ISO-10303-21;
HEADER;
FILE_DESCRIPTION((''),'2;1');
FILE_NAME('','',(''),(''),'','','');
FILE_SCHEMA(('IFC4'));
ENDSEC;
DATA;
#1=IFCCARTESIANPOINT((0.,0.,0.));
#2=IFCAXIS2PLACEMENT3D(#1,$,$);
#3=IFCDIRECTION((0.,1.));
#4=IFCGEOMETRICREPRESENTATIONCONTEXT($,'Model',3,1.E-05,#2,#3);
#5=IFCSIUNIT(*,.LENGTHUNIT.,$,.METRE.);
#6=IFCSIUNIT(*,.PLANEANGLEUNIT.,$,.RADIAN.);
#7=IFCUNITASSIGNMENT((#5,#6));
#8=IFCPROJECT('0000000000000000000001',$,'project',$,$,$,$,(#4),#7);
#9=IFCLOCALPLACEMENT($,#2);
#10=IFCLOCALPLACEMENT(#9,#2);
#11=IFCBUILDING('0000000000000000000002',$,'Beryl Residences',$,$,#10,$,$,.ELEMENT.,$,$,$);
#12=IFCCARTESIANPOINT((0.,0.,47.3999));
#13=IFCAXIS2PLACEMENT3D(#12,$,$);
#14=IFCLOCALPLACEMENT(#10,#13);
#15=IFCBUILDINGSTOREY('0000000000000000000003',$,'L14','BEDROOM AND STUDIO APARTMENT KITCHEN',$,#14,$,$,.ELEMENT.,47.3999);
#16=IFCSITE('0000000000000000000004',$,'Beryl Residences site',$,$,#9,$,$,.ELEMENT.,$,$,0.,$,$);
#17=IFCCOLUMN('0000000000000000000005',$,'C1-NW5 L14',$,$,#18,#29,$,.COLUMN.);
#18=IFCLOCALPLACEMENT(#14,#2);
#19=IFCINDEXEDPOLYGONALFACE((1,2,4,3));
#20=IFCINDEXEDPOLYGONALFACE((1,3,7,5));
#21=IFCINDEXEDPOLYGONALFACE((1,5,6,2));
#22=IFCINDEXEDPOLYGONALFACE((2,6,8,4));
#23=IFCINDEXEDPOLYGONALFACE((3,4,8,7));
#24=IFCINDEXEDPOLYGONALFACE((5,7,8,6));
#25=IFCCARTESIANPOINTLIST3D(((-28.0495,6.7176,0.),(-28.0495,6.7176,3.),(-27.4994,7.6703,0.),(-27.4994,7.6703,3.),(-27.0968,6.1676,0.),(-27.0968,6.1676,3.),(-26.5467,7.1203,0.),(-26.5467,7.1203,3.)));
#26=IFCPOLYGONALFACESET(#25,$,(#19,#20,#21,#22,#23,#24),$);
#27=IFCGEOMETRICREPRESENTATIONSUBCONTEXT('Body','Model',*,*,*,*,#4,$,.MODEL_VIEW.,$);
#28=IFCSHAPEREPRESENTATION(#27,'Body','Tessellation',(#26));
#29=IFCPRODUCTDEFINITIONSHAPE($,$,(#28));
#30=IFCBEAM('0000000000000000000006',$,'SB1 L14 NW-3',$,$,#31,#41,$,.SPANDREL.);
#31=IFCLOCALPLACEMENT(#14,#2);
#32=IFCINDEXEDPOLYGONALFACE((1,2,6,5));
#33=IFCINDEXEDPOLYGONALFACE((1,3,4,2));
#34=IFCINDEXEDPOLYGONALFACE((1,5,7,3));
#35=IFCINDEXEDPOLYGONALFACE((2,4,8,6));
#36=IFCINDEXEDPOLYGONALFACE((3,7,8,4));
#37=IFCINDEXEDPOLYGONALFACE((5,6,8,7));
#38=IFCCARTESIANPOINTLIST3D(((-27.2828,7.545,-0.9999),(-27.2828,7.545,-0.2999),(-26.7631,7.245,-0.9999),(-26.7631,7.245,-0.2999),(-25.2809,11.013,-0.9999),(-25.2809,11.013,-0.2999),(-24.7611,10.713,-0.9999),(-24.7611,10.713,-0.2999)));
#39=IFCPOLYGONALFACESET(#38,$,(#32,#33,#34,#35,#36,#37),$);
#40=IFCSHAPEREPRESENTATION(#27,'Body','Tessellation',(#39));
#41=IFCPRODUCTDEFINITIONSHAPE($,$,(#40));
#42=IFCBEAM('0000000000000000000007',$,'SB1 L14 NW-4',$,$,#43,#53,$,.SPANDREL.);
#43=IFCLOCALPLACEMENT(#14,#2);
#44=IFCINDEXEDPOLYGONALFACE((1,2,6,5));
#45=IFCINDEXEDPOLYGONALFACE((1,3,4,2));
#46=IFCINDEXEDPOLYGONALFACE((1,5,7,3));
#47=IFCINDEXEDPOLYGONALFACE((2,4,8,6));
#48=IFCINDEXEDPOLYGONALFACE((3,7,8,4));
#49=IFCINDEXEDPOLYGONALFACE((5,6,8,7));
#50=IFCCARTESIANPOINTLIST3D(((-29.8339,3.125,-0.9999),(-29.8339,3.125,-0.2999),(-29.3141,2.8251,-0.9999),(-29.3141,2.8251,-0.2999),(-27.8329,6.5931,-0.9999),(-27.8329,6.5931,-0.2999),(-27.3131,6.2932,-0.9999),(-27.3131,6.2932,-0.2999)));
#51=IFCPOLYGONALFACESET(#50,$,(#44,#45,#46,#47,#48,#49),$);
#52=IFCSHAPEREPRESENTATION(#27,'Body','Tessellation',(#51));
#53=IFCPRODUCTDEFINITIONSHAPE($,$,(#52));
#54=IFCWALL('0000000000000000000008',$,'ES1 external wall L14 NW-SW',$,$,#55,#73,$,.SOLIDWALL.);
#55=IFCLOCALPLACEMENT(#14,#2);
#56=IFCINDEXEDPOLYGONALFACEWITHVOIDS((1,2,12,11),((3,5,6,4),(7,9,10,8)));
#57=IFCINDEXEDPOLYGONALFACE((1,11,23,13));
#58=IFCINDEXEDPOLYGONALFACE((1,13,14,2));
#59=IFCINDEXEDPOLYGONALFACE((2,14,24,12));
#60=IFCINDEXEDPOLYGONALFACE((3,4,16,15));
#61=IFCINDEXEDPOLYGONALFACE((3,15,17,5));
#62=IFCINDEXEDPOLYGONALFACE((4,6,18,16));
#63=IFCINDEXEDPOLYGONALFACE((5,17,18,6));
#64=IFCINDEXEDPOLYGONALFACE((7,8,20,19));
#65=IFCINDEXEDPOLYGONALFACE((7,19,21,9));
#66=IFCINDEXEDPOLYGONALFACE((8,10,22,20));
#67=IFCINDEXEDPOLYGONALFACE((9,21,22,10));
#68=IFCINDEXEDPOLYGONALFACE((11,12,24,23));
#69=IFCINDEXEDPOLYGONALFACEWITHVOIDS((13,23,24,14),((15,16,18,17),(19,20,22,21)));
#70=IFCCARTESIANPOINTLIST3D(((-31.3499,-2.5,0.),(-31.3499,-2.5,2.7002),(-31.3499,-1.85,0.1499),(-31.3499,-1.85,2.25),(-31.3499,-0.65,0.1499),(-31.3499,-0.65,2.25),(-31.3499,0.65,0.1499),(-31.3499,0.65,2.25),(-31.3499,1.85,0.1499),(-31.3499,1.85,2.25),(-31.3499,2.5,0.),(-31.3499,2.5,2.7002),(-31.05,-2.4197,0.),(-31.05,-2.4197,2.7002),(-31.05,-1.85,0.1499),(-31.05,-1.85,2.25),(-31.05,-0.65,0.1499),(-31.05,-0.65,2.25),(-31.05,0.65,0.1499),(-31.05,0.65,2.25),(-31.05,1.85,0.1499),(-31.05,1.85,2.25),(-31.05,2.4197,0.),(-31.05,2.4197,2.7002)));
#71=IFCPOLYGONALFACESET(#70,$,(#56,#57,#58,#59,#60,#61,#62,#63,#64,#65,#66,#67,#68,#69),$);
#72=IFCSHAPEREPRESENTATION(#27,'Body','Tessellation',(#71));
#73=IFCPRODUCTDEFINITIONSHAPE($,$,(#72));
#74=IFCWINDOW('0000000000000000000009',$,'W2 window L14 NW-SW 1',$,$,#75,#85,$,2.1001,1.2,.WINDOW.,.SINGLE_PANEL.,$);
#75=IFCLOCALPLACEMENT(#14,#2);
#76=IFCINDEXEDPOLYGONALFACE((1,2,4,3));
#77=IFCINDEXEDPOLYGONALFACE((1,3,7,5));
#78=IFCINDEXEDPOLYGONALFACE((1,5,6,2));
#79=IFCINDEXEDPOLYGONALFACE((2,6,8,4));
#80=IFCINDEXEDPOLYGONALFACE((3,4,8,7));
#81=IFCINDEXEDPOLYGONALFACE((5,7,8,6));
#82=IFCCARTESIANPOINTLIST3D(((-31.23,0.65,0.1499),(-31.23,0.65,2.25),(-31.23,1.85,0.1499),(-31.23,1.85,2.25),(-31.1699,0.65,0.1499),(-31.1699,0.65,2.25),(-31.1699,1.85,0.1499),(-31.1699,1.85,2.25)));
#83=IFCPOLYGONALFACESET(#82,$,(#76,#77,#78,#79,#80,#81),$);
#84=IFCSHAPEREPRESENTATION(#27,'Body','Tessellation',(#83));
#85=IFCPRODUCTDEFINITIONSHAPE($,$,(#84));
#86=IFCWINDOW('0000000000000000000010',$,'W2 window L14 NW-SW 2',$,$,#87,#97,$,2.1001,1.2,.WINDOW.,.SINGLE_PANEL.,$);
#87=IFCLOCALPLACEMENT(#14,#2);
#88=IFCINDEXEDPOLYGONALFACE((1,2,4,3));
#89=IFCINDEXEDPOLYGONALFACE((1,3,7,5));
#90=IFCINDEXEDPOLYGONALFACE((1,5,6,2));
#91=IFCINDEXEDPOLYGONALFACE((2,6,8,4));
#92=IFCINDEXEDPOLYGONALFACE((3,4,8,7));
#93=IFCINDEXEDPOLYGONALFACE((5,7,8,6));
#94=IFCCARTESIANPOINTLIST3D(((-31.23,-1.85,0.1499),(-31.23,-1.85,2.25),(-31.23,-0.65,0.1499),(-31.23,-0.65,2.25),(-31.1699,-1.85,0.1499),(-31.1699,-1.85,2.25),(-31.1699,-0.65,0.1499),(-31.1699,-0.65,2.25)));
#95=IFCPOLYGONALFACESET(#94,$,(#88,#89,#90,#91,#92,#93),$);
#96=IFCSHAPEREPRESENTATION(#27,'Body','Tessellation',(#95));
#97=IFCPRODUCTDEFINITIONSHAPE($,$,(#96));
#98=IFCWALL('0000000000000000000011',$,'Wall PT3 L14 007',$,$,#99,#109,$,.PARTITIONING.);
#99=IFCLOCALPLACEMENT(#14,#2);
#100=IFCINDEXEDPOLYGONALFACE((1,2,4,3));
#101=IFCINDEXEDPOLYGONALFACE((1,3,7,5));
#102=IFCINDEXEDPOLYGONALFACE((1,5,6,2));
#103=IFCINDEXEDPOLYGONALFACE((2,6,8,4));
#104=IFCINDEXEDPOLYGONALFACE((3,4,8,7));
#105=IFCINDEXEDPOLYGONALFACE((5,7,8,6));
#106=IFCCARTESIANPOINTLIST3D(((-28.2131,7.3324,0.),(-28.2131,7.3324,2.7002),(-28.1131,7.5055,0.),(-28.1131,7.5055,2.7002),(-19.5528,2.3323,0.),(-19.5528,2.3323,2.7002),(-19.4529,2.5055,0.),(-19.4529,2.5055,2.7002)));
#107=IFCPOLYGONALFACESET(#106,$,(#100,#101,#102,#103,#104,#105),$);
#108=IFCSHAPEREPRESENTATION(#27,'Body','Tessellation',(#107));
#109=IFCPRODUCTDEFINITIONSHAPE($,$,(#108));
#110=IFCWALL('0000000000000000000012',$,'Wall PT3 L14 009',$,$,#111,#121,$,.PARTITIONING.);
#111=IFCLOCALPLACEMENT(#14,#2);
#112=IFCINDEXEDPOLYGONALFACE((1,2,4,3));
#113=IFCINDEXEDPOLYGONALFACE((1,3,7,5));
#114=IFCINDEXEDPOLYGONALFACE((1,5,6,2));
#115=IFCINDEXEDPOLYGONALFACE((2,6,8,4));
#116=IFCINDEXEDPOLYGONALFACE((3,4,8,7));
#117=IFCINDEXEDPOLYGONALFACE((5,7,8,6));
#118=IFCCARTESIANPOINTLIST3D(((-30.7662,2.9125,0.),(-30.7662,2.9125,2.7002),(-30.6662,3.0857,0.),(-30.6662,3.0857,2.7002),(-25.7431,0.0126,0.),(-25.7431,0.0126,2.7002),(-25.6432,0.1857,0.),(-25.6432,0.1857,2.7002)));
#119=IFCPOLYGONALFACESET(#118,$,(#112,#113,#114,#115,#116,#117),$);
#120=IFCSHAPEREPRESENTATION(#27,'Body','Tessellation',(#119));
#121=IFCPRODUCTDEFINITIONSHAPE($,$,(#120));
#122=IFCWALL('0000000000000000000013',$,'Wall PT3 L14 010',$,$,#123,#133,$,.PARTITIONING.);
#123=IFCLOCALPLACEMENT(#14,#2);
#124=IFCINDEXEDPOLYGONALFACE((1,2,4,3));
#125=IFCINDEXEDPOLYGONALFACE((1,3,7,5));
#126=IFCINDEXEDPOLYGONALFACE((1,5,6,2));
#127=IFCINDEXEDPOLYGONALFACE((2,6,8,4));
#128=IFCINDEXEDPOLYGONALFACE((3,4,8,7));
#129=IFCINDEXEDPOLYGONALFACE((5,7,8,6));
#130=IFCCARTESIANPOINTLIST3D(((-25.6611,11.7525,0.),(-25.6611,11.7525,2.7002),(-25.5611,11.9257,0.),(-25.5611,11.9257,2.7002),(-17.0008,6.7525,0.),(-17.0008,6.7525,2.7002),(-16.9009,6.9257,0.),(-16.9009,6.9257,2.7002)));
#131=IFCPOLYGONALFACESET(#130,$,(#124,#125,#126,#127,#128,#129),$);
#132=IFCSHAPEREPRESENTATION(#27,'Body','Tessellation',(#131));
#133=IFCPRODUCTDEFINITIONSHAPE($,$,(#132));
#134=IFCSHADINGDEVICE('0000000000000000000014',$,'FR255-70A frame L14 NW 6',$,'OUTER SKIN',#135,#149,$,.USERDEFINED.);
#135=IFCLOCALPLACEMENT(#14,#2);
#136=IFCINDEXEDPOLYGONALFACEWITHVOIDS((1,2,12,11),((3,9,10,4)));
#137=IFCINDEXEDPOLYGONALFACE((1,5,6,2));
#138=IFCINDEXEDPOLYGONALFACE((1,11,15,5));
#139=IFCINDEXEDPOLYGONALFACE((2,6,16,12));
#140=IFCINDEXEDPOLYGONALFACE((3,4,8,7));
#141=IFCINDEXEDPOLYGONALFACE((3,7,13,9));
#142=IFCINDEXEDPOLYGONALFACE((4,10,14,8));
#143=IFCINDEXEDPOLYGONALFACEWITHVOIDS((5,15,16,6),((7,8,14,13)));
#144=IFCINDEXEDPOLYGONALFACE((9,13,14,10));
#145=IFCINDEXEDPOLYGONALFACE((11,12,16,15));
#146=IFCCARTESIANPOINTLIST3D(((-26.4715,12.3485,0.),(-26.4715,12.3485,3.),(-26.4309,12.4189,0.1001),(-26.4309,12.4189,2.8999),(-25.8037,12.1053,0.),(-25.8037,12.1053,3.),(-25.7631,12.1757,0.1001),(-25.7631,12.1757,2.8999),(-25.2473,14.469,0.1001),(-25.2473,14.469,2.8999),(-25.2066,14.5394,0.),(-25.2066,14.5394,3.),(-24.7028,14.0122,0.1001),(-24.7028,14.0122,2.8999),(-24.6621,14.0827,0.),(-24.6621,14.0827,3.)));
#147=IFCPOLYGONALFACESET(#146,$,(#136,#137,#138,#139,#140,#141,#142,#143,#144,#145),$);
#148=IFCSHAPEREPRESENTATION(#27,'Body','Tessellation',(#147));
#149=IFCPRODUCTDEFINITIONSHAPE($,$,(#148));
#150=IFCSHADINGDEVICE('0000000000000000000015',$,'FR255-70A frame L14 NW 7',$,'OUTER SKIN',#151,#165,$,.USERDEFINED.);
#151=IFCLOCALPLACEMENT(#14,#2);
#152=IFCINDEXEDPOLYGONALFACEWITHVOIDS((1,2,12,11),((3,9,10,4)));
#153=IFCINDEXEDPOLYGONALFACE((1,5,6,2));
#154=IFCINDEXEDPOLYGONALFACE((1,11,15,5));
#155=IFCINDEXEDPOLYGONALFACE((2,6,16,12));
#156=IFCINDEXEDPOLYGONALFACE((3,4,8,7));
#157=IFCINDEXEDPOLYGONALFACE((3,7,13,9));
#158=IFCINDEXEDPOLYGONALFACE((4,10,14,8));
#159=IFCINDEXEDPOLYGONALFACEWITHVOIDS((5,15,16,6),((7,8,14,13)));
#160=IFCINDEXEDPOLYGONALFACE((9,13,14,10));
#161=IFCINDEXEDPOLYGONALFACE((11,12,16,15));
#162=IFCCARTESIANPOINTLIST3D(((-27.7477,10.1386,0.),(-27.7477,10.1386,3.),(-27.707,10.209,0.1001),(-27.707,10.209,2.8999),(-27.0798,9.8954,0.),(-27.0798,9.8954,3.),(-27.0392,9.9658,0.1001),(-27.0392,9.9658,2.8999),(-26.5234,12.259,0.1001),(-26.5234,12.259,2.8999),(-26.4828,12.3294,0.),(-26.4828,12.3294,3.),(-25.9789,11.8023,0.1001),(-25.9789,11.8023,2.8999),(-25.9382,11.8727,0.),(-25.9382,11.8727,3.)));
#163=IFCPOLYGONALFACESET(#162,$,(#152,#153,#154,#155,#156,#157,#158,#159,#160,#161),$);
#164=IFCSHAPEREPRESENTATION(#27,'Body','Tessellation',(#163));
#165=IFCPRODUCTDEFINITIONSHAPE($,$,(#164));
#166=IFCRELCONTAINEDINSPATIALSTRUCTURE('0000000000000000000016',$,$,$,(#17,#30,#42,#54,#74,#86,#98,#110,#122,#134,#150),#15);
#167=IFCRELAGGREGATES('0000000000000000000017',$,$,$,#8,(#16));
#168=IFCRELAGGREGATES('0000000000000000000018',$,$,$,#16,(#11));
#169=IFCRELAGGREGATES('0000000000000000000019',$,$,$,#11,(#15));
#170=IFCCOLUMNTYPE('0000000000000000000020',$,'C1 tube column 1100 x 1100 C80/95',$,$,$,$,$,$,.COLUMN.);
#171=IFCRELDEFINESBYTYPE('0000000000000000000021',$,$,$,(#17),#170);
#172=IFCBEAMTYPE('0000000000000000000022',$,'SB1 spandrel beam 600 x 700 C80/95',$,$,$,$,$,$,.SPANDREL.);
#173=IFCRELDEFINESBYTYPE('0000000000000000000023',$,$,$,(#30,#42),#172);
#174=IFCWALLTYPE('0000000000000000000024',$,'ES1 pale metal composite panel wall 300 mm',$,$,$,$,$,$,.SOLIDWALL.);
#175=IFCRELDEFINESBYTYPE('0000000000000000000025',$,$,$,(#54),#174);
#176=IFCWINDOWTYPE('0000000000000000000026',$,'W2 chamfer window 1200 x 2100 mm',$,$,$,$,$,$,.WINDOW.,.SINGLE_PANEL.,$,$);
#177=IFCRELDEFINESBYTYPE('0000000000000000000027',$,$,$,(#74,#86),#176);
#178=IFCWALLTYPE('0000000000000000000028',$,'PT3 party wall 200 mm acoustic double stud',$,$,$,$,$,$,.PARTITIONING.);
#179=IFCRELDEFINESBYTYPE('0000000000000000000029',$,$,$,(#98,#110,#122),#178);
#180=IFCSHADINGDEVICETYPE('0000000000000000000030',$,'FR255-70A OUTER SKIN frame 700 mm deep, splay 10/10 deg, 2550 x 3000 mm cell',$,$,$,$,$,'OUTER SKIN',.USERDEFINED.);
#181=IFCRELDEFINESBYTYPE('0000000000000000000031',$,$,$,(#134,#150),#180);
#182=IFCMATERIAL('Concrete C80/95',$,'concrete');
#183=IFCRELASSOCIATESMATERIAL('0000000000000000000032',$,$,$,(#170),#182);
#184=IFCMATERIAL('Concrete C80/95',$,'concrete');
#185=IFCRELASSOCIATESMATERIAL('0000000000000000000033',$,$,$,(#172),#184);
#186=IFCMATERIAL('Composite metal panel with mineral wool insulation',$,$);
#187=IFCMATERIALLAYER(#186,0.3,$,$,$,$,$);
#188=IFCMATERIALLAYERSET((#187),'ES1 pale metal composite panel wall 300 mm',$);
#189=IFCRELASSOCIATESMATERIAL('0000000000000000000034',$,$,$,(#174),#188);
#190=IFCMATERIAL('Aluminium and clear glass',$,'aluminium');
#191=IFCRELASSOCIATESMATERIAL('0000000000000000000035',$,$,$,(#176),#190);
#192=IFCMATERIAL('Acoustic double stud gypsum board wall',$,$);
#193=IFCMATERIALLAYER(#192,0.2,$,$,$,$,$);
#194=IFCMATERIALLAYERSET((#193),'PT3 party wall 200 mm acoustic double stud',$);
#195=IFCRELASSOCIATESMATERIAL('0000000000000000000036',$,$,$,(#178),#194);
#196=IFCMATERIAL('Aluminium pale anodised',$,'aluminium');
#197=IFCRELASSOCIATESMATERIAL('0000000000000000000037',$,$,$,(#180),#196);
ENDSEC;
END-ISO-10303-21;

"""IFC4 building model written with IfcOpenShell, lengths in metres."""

from ifc_helpers import new_model, entity, si_unit, direction, frame, frame_2d, origin, origin_2d, place, context, subcontext, project, spatial, polyline, rectangle, outline, extrude, source, transform, mapped, material, layer, layer_set, material_profile, profile_set, type_object, type_shapes, element, fill, save


model = new_model("IFC4")

# Units and contexts
model_context = context("Model", 3, precision=1e-05, world=origin(), true_north=direction((0.0, 1.0)))
body_context = subcontext(model_context, "Body", "Model", "MODEL_VIEW")
ifc_project = project(units=[si_unit("LENGTHUNIT", "METRE"), si_unit("PLANEANGLEUNIT", "RADIAN")], contexts=[model_context])

# Site, building, storey
site_placement = place(None, origin())
site = spatial("IfcSite", under=ifc_project, at=site_placement, Name="Beryl Residences site", CompositionType="ELEMENT", RefElevation=0.0)
building_placement = place(site_placement, origin())
building = spatial("IfcBuilding", under=site, at=building_placement, Name="Beryl Residences", CompositionType="ELEMENT")
storey_placement = place(building_placement, frame((0.0, 0.0, 47.3999)))
storey = spatial("IfcBuildingStorey", under=building, at=storey_placement, Name="L14", Description="BEDROOM AND STUDIO APARTMENT KITCHEN", CompositionType="ELEMENT", Elevation=47.3999)

# Column
ifc_material_1 = material(Name="Concrete C80/95", Category="concrete")
ifc_material_profile_1 = material_profile(ifc_material_1, rectangle(XDim=1.1001, YDim=1.1001, at=origin_2d()))
ifc_profile_set_1 = profile_set([ifc_material_profile_1], Name="Concrete C80/95")
column_type = type_object("IfcColumnType", Name="C1 tube column 1100 x 1100 C80/95", PredefinedType="COLUMN", material=ifc_profile_set_1)
column_placement = place(storey_placement, frame((-27.2981, 6.9189, 0.0), z_axis=(0.0, 0.0, 1.0), x_axis=(-0.499985, -0.866034, 0.0)))
element("IfcColumn", 1, at=column_placement, inside=storey, type_object=column_type, Name="C1-NW5 L14", PredefinedType="COLUMN", context=body_context, shape_type="SweptSolid", body=[
    extrude(rectangle(XDim=1.1001, YDim=1.1001, at=origin_2d()), origin(), (0.0, 0.0, 1.0), 3.0),
])

# Beams
ifc_material_2 = material(Name="Concrete C80/95", Category="concrete")
ifc_material_profile_2 = material_profile(ifc_material_2, rectangle(XDim=0.6001, YDim=0.7, at=origin_2d()))
ifc_profile_set_2 = profile_set([ifc_material_profile_2], Name="Concrete C80/95")
beam_type = type_object("IfcBeamType", Name="SB1 spandrel beam 600 x 700 C80/95", PredefinedType="SPANDREL", material=ifc_profile_set_2)
beam_1_placement = place(storey_placement, frame((-25.021, 10.863, -0.6499), z_axis=(-0.499942, -0.866059, 0.0), x_axis=(0.866059, -0.499942, 0.0)))
element("IfcBeam", 2, at=beam_1_placement, inside=storey, type_object=beam_type, Name="SB1 L14 NW-3", PredefinedType="SPANDREL", context=body_context, shape_type="SweptSolid", body=[
    extrude(rectangle(XDim=0.6001, YDim=0.7, at=origin_2d()), origin(), (0.0, 0.0, 1.0), 4.0044),
])
beam_2_placement = place(storey_placement, frame((-27.573, 6.4431, -0.6499), z_axis=(-0.499759, -0.866164, 0.0), x_axis=(0.866164, -0.499759, 0.0)))
element("IfcBeam", 3, at=beam_2_placement, inside=storey, type_object=beam_type, Name="SB1 L14 NW-4", PredefinedType="SPANDREL", context=body_context, shape_type="SweptSolid", body=[
    extrude(rectangle(XDim=0.6001, YDim=0.7, at=origin_2d()), origin(), (0.0, 0.0, 1.0), 4.0039),
])

# Wall, openings, windows
ifc_material_3 = material(Name="Composite metal panel with mineral wool insulation")
ifc_layer_1 = layer(ifc_material_3, 0.3)
ifc_layer_set_1 = layer_set([ifc_layer_1], Name="ES1 pale metal composite panel wall 300 mm")
wall_type_1 = type_object("IfcWallType", Name="ES1 pale metal composite panel wall 300 mm", PredefinedType="SOLIDWALL", material=ifc_layer_set_1)
wall_1_placement = place(storey_placement, frame((-31.2, 2.5, 0.0), z_axis=(0.0, 0.0, 1.0), x_axis=(0.0, -1.0, 0.0)))
wall_1 = element("IfcWall", 4, at=wall_1_placement, inside=storey, type_object=wall_type_1, Name="ES1 external wall L14 NW-SW", PredefinedType="SOLIDWALL", context=body_context, shape_type="SweptSolid", body=[
    extrude(outline(polyline([(0.0, -0.1499), (5.0, -0.1499), (4.9197, 0.1499), (0.0803, 0.1499), (0.0, -0.1499)])), origin(), (0.0, 0.0, 1.0), 2.7002),
])
opening_1_placement = place(wall_1_placement, frame((0.6499, 0.0, 0.1499)))
opening_1 = element("IfcOpeningElement", 5, at=opening_1_placement, cuts=wall_1, PredefinedType="OPENING", context=body_context, shape_type="SweptSolid", body=[
    extrude(rectangle(XDim=1.2, YDim=2.1001, at=frame_2d((0.6001, 1.05))), frame((0.0, 0.1599, 0.0), z_axis=(0.0, -1.0, 0.0), x_axis=(1.0, 0.0, 0.0)), (0.0, 0.0, 1.0), 0.3201),
])
opening_2_placement = place(wall_1_placement, frame((3.1499, 0.0, 0.1499)))
opening_2 = element("IfcOpeningElement", 6, at=opening_2_placement, cuts=wall_1, PredefinedType="OPENING", context=body_context, shape_type="SweptSolid", body=[
    extrude(rectangle(XDim=1.2, YDim=2.1001, at=frame_2d((0.6001, 1.05))), frame((0.0, 0.1599, 0.0), z_axis=(0.0, -1.0, 0.0), x_axis=(1.0, 0.0, 0.0)), (0.0, 0.0, 1.0), 0.3201),
])
ifc_material_4 = material(Name="Aluminium and clear glass", Category="aluminium")
window_type = type_object("IfcWindowType", Name="W2 chamfer window 1200 x 2100 mm", PartitioningType="SINGLE_PANEL", PredefinedType="WINDOW", material=ifc_material_4)
window_1_placement = place(opening_1_placement, origin())
window_1 = element("IfcWindow", 7, at=window_1_placement, inside=storey, type_object=window_type, Name="W2 window L14 NW-SW 1", OverallHeight=2.1001, OverallWidth=1.2, PartitioningType="SINGLE_PANEL", PredefinedType="WINDOW", context=body_context, shape_type="SweptSolid", body=[
    extrude(rectangle(XDim=1.2, YDim=2.1001, at=frame_2d((0.6001, 1.05))), frame((0.0, 0.03, 0.0), z_axis=(0.0, -1.0, 0.0), x_axis=(1.0, 0.0, 0.0)), (0.0, 0.0, 1.0), 0.0601),
])
fill(opening_1, window_1)
window_2_placement = place(opening_2_placement, origin())
window_2 = element("IfcWindow", 8, at=window_2_placement, inside=storey, type_object=window_type, Name="W2 window L14 NW-SW 2", OverallHeight=2.1001, OverallWidth=1.2, PartitioningType="SINGLE_PANEL", PredefinedType="WINDOW", context=body_context, shape_type="SweptSolid", body=[
    extrude(rectangle(XDim=1.2, YDim=2.1001, at=frame_2d((0.6001, 1.05))), frame((0.0, 0.03, 0.0), z_axis=(0.0, -1.0, 0.0), x_axis=(1.0, 0.0, 0.0)), (0.0, 0.0, 1.0), 0.0601),
])
fill(opening_2, window_2)

# Walls
ifc_material_5 = material(Name="Acoustic double stud gypsum board wall")
ifc_layer_2 = layer(ifc_material_5, 0.2)
ifc_layer_set_2 = layer_set([ifc_layer_2], Name="PT3 party wall 200 mm acoustic double stud")
wall_type_2 = type_object("IfcWallType", Name="PT3 party wall 200 mm acoustic double stud", PredefinedType="PARTITIONING", material=ifc_layer_set_2)
wall_2_placement = place(storey_placement, frame((-28.1631, 7.4189, 0.0), z_axis=(0.0, 0.0, 1.0), x_axis=(0.866023, -0.500004, 0.0)))
element("IfcWall", 9, at=wall_2_placement, inside=storey, type_object=wall_type_2, Name="Wall PT3 L14 007", PredefinedType="PARTITIONING", context=body_context, shape_type="SweptSolid", body=[
    extrude(rectangle(XDim=10.0, YDim=0.2, at=frame_2d((5.0, 0.0))), origin(), (0.0, 0.0, 1.0), 2.7002),
])
wall_3_placement = place(storey_placement, frame((-30.7161, 2.999, 0.0), z_axis=(0.0, 0.0, 1.0), x_axis=(0.866033, -0.499987, 0.0)))
element("IfcWall", 10, at=wall_3_placement, inside=storey, type_object=wall_type_2, Name="Wall PT3 L14 009", PredefinedType="PARTITIONING", context=body_context, shape_type="SweptSolid", body=[
    extrude(rectangle(XDim=5.8, YDim=0.2, at=frame_2d((2.8999, 0.0))), origin(), (0.0, 0.0, 1.0), 2.7002),
])
wall_4_placement = place(storey_placement, frame((-25.6111, 11.8391, 0.0), z_axis=(0.0, 0.0, 1.0), x_axis=(0.866023, -0.500004, 0.0)))
element("IfcWall", 11, at=wall_4_placement, inside=storey, type_object=wall_type_2, Name="Wall PT3 L14 010", PredefinedType="PARTITIONING", context=body_context, shape_type="SweptSolid", body=[
    extrude(rectangle(XDim=10.0, YDim=0.2, at=frame_2d((5.0, 0.0))), origin(), (0.0, 0.0, 1.0), 2.7002),
])

# Shading devices
ifc_material_6 = material(Name="Aluminium pale anodised", Category="aluminium")
shading_device_type = type_object("IfcShadingDeviceType", Name="FR255-70A OUTER SKIN frame 700 mm deep, splay 10/10 deg, 2550 x 3000 mm cell", ElementType="OUTER SKIN", PredefinedType="USERDEFINED", material=ifc_material_6)
cartesian_point_1 = entity("IfcCartesianPoint", [-1.1416, 0.0])
cartesian_point_2 = entity("IfcCartesianPoint", [-1.0603, 0.1001])
cartesian_point_3 = entity("IfcCartesianPoint", [-1.2649, 0.0])
cartesian_point_4 = entity("IfcCartesianPoint", [-1.1836, 0.1001])
shared_shape_1 = source(origin(), body_context, "Body", "SweptSolid", [
    entity("IfcExtrudedAreaSolidTapered", entity("IfcArbitraryProfileDefWithVoids", "AREA", None, entity("IfcPolyline", [cartesian_point_1, entity("IfcCartesianPoint", [1.1416, 0.0]), entity("IfcCartesianPoint", [1.1416, 3.0]), entity("IfcCartesianPoint", [-1.1416, 3.0]), cartesian_point_1]), [entity("IfcPolyline", [cartesian_point_2, entity("IfcCartesianPoint", [1.0603, 0.1001]), entity("IfcCartesianPoint", [1.0603, 2.8999]), entity("IfcCartesianPoint", [-1.0603, 2.8999]), cartesian_point_2])]), entity("IfcAxis2Placement3D", entity("IfcCartesianPoint", [0.0, 0.0, 0.0]), entity("IfcDirection", [0.0, 1.0, 0.0]), entity("IfcDirection", [-1.0, 0.0, 0.0])), entity("IfcDirection", [0.0, 0.0, 1.0]), 0.7, entity("IfcArbitraryProfileDefWithVoids", "AREA", None, entity("IfcPolyline", [cartesian_point_3, entity("IfcCartesianPoint", [1.2649, 0.0]), entity("IfcCartesianPoint", [1.2649, 3.0]), entity("IfcCartesianPoint", [-1.2649, 3.0]), cartesian_point_3]), [entity("IfcPolyline", [cartesian_point_4, entity("IfcCartesianPoint", [1.1836, 0.1001]), entity("IfcCartesianPoint", [1.1836, 2.8999]), entity("IfcCartesianPoint", [-1.1836, 2.8999]), cartesian_point_4])])),
])
type_shapes(shading_device_type, [shared_shape_1])
for number, where, z_axis, x_axis, name in (
    (12, (-25.2329, 13.094, 0.0), (0.0, 0.0, 1.0), (0.5, 0.866025, 0.0), "FR255-70A frame L14 NW 6"),
    (13, (-26.509, 10.884, 0.0), (0.0, 0.0, 1.0), (0.5, 0.866025, 0.0), "FR255-70A frame L14 NW 7"),
):
    element("IfcShadingDevice", number, at=place(storey_placement, frame(where, z_axis=z_axis, x_axis=x_axis)), inside=storey, type_object=shading_device_type, Name=name, ObjectType="OUTER SKIN", PredefinedType="USERDEFINED", context=body_context, shape_type="MappedRepresentation", body=[
        mapped(shared_shape_1, transform((0.0, 0.0, 0.0))),
    ])

save(model, "model.ifc")
